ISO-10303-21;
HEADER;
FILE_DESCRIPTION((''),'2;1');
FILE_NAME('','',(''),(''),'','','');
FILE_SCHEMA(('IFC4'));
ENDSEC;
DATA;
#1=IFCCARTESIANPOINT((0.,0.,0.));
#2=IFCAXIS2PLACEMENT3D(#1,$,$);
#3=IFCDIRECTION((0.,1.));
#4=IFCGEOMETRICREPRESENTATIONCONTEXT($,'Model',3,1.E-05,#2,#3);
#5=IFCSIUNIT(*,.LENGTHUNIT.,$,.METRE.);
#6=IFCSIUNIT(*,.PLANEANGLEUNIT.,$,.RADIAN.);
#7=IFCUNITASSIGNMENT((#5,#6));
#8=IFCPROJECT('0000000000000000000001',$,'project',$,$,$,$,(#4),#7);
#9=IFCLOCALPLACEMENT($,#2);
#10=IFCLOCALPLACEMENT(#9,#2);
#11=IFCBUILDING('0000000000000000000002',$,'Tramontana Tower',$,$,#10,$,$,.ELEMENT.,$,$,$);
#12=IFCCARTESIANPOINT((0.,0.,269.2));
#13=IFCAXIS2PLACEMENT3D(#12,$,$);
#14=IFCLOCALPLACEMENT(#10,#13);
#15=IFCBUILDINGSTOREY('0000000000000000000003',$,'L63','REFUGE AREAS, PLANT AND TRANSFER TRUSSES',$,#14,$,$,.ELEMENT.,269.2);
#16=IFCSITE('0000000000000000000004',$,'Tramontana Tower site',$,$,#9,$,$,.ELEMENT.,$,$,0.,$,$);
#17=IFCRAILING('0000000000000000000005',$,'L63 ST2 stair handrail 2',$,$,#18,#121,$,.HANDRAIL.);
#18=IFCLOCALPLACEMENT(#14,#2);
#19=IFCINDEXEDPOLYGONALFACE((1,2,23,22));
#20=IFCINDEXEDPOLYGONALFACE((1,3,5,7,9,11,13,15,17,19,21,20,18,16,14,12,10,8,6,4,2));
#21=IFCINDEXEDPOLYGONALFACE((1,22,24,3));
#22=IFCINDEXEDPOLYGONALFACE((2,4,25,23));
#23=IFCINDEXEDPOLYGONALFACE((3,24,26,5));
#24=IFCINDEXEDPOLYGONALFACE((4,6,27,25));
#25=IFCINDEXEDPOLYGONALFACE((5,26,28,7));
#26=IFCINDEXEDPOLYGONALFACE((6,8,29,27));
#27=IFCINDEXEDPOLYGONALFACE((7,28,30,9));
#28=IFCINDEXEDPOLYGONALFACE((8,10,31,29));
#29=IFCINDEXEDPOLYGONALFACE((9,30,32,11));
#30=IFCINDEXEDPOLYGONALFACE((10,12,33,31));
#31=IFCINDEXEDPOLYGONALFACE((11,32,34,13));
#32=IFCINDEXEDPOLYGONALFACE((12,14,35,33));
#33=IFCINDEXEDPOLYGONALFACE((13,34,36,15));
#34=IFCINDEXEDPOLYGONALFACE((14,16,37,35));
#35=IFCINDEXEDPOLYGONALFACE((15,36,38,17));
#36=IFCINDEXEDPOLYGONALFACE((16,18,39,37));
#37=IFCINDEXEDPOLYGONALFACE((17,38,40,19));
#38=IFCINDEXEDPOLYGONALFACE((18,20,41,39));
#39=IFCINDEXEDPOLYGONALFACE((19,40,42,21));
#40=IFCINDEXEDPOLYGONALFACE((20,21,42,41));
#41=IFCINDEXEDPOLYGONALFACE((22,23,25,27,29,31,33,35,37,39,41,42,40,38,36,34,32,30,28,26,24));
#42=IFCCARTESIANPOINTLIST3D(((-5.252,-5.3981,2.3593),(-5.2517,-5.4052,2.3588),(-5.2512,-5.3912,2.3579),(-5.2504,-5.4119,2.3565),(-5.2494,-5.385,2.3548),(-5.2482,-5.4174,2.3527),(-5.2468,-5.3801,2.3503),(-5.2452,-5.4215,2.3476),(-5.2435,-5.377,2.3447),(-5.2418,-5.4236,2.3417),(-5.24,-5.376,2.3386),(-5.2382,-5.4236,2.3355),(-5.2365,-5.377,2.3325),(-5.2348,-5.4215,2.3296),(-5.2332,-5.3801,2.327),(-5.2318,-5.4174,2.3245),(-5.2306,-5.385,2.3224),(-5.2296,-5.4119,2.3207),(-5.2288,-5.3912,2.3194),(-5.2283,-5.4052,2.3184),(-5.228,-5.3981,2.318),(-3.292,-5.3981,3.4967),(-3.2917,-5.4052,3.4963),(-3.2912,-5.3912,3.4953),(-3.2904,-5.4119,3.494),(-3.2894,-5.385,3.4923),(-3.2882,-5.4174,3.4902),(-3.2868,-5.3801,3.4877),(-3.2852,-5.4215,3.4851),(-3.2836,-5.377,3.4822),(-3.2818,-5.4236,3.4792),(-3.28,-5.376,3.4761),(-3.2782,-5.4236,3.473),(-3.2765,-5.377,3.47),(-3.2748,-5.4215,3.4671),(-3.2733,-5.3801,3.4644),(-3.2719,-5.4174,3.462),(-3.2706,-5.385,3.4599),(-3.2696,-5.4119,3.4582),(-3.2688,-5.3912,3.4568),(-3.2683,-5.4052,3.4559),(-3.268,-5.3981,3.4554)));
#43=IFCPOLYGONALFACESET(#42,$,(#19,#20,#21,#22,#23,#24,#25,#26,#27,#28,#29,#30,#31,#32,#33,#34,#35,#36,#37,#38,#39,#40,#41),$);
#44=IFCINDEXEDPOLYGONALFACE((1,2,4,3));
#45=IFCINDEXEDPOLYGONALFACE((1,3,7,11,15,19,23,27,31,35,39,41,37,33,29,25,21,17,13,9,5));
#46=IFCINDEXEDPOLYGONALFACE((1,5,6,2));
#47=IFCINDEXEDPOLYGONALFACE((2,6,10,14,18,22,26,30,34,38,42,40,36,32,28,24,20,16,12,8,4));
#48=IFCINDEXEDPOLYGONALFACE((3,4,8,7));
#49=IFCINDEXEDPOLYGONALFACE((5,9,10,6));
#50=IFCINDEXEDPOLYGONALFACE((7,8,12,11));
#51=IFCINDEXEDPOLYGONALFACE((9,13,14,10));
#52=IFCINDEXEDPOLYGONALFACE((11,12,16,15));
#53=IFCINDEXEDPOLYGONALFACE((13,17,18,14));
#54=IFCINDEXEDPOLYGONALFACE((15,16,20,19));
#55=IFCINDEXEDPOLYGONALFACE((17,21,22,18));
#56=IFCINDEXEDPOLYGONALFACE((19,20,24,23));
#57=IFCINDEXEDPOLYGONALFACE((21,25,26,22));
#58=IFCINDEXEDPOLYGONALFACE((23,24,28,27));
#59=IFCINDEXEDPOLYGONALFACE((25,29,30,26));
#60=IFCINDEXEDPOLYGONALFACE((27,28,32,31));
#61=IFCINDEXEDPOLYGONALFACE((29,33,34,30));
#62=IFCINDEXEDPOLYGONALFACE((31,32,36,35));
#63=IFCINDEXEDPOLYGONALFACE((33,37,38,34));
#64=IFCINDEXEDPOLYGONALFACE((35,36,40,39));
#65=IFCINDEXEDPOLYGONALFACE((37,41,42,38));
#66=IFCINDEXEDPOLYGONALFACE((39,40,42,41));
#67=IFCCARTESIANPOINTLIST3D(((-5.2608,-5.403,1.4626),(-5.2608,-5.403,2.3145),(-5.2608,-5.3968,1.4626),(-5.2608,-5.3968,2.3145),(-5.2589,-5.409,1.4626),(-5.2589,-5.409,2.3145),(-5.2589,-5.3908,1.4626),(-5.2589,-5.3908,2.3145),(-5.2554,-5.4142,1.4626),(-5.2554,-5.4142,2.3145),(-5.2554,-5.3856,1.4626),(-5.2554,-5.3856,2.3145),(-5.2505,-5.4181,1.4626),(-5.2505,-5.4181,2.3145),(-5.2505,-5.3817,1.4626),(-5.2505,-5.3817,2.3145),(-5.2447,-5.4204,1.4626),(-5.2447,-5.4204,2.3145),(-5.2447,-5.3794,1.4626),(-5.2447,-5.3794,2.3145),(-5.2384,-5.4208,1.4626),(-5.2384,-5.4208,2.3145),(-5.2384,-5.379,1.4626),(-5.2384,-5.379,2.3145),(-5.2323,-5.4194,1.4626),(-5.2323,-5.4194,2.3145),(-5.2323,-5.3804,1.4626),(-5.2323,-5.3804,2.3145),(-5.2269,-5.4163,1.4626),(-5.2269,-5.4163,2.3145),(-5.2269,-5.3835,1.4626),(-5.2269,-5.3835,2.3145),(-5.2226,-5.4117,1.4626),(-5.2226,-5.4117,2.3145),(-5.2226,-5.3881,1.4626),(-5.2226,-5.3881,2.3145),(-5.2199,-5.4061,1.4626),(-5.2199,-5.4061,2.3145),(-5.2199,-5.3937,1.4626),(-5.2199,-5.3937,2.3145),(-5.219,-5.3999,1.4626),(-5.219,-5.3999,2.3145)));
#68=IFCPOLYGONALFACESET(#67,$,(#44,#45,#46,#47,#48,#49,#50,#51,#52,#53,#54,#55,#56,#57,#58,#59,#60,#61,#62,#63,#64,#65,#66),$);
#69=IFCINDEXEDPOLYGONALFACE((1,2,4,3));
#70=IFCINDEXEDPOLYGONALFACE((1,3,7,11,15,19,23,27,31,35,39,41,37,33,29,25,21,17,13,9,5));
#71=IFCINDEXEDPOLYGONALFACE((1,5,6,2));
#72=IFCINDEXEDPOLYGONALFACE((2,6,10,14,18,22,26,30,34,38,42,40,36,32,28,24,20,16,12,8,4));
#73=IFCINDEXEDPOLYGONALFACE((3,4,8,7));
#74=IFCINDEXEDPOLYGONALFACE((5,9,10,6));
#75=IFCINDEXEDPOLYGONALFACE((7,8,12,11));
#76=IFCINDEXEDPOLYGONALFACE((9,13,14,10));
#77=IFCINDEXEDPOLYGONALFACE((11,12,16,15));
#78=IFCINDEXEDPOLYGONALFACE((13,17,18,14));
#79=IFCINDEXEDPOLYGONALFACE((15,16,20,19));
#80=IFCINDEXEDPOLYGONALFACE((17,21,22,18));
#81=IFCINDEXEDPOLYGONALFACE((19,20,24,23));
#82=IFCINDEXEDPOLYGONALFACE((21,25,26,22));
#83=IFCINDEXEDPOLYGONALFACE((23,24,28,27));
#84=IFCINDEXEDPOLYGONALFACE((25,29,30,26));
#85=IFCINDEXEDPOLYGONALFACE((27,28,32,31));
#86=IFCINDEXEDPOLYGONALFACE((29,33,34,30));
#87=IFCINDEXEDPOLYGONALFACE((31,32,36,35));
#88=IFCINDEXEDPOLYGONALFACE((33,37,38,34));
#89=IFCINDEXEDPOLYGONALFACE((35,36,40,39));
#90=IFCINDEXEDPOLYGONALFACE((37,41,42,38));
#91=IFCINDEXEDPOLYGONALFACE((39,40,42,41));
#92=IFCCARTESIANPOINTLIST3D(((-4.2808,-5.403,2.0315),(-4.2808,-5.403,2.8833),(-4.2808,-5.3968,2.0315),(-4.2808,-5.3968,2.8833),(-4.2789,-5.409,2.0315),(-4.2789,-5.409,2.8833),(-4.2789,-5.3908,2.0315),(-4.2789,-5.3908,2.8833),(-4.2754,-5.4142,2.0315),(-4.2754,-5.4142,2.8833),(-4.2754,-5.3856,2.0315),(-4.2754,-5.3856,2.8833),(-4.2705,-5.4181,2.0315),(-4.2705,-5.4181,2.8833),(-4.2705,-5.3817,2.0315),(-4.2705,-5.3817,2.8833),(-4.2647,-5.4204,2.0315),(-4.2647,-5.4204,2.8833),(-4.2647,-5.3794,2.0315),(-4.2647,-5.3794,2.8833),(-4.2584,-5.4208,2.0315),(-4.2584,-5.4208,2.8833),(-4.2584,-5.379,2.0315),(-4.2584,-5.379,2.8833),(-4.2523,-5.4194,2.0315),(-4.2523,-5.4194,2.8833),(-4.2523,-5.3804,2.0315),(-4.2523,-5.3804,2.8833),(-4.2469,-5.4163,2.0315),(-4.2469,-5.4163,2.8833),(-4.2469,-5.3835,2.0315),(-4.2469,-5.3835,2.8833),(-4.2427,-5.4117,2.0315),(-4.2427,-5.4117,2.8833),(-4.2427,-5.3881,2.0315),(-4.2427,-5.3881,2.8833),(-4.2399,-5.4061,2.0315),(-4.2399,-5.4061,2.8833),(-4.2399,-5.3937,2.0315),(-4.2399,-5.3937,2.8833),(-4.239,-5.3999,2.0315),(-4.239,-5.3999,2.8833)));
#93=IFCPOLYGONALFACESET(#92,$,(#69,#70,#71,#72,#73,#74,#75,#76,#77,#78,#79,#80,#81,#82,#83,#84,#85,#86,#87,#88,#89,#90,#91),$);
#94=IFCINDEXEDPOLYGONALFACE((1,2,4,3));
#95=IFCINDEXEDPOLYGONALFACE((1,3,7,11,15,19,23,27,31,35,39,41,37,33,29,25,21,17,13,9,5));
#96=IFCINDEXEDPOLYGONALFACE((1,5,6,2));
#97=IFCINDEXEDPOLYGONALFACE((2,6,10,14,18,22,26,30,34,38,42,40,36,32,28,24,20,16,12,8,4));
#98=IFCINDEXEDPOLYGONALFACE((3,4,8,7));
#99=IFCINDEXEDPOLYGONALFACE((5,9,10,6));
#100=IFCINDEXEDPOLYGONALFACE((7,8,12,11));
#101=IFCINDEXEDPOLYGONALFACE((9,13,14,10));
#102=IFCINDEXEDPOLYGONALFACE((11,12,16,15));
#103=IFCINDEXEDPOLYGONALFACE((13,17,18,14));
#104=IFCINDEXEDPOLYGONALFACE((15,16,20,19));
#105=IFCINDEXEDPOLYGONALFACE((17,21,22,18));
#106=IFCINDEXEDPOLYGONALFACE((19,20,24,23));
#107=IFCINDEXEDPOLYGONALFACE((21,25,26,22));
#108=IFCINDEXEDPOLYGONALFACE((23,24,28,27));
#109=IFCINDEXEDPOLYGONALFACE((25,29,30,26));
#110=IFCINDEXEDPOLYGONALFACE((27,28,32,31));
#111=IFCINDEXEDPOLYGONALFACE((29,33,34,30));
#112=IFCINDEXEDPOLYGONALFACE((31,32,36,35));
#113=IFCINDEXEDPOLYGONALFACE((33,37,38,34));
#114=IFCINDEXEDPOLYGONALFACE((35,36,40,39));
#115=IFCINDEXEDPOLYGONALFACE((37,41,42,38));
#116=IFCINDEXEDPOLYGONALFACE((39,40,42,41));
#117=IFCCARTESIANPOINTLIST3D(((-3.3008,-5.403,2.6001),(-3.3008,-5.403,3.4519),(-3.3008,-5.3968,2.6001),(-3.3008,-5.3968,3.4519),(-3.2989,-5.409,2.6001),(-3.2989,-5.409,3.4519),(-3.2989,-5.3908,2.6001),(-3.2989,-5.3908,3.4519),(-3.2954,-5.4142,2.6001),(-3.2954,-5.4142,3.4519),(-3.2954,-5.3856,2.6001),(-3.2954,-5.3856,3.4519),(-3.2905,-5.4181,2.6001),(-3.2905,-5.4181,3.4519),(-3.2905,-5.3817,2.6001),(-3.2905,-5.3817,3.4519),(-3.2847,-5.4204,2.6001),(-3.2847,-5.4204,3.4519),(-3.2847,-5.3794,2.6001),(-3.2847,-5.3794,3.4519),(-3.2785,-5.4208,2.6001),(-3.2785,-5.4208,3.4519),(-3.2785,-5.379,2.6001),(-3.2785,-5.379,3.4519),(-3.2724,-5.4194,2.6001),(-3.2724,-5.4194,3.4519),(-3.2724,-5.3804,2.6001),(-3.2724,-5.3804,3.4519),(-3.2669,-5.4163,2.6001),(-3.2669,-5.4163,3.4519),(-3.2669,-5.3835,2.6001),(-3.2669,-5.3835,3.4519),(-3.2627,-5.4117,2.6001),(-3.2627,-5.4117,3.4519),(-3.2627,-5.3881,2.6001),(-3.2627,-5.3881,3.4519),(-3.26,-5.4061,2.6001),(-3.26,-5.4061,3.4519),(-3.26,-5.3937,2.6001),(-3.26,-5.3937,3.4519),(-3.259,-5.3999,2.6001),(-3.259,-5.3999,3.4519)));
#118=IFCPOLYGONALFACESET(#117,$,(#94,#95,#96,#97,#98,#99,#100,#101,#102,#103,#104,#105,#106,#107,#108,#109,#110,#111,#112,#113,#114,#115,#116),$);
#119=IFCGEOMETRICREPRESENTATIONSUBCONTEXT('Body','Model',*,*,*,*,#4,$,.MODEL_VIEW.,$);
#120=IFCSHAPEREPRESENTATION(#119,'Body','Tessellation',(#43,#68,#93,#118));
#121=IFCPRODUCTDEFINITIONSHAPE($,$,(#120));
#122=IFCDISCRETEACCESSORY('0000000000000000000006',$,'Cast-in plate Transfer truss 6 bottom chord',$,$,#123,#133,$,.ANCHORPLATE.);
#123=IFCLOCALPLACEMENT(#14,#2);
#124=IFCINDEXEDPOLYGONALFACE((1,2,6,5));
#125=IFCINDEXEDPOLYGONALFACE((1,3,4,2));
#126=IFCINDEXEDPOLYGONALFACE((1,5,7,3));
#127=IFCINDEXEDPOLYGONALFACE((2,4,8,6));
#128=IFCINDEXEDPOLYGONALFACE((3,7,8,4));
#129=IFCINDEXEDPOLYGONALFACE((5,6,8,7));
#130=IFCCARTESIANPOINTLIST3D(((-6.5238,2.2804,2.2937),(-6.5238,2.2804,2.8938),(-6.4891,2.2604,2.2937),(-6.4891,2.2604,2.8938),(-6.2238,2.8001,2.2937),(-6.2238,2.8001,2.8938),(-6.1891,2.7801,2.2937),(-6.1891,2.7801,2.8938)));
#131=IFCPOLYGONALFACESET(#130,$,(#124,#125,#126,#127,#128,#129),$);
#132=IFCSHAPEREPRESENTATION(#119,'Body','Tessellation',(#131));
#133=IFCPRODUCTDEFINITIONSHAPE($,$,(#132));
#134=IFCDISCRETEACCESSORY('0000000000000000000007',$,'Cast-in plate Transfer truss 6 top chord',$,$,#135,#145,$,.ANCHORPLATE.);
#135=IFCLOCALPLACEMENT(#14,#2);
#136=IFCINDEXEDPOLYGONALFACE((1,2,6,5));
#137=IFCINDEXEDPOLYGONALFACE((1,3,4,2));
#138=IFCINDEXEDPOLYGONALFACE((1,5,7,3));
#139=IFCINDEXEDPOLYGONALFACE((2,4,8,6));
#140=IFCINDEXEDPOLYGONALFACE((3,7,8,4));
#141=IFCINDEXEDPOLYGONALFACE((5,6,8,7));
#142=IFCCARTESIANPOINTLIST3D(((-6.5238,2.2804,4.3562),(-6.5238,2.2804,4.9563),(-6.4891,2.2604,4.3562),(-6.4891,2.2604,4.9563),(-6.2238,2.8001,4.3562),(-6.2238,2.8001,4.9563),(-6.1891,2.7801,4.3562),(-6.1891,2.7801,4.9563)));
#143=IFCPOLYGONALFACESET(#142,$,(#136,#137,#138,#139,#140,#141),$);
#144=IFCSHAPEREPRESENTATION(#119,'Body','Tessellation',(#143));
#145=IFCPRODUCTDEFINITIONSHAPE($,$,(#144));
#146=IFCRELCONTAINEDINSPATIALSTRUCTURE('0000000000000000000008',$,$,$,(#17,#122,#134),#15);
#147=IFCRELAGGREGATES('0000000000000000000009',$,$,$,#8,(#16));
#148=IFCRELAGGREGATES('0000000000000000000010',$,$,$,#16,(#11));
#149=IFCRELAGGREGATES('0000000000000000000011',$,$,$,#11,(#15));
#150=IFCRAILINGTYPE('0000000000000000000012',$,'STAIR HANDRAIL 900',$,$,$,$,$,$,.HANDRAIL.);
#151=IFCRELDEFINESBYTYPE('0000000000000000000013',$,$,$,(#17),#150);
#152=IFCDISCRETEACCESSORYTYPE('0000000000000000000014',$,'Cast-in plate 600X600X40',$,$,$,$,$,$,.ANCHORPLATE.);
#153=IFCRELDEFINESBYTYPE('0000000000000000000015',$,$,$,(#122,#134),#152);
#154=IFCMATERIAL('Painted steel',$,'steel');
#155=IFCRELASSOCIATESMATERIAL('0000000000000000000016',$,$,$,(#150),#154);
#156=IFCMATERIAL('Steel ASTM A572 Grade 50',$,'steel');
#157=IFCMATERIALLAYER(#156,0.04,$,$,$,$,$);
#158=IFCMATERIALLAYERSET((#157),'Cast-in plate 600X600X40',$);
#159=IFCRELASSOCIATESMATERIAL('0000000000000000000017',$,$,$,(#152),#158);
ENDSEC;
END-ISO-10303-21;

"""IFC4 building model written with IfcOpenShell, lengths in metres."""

from ifc_helpers import new_model, si_unit, direction, frame, origin, origin_2d, place, context, subcontext, project, spatial, rectangle, circle, extrude, material, layer, layer_set, type_object, element, save


model = new_model("IFC4")

# Units and contexts
model_context = context("Model", 3, precision=1e-05, world=origin(), true_north=direction((0.0, 1.0)))
body_context = subcontext(model_context, "Body", "Model", "MODEL_VIEW")
ifc_project = project(units=[si_unit("LENGTHUNIT", "METRE"), si_unit("PLANEANGLEUNIT", "RADIAN")], contexts=[model_context])

# Site, building, storey
site_placement = place(None, origin())
site = spatial("IfcSite", under=ifc_project, at=site_placement, Name="Tramontana Tower site", CompositionType="ELEMENT", RefElevation=0.0)
building_placement = place(site_placement, origin())
building = spatial("IfcBuilding", under=site, at=building_placement, Name="Tramontana Tower", CompositionType="ELEMENT")
storey_placement = place(building_placement, frame((0.0, 0.0, 269.2)))
storey = spatial("IfcBuildingStorey", under=building, at=storey_placement, Name="L63", Description="REFUGE AREAS, PLANT AND TRANSFER TRUSSES", CompositionType="ELEMENT", Elevation=269.2)

# Railing
ifc_material_1 = material(Name="Painted steel", Category="steel")
railing_type_1 = type_object("IfcRailingType", Name="STAIR HANDRAIL 900", PredefinedType="HANDRAIL", material=ifc_material_1)
railing_1_placement = place(storey_placement, frame((-5.24, -5.3999, 1.4626)))
element("IfcRailing", 1, at=railing_1_placement, inside=storey, type_object=railing_type_1, Name="L63 ST2 stair handrail 2", PredefinedType="HANDRAIL", context=body_context, shape_type="SweptSolid", body=[
    extrude(circle(Radius=0.0239, at=origin_2d()), frame((0.0, 0.0, 0.876), z_axis=(0.864902, 0.0, 0.501941), x_axis=(0.0, 1.0, 0.0)), (0.0, 0.0, 1.0), 2.2661),
    extrude(circle(Radius=0.021, at=origin_2d()), origin(), (0.0, 0.0, 1.0), 0.8518),
    extrude(circle(Radius=0.021, at=origin_2d()), frame((0.98, 0.0, 0.5688)), (0.0, 0.0, 1.0), 0.8518),
    extrude(circle(Radius=0.021, at=origin_2d()), frame((1.96, 0.0, 1.1375)), (0.0, 0.0, 1.0), 0.8518),
])

# Discrete accessories
ifc_material_2 = material(Name="Steel ASTM A572 Grade 50", Category="steel")
ifc_layer_1 = layer(ifc_material_2, 0.04)
ifc_layer_set_1 = layer_set([ifc_layer_1], Name="Cast-in plate 600X600X40")
discrete_accessory_type = type_object("IfcDiscreteAccessoryType", Name="Cast-in plate 600X600X40", PredefinedType="ANCHORPLATE", material=ifc_layer_set_1)
for number, where, z_axis, x_axis, name in (
    (2, (-6.3564, 2.5303, 2.2937), (0.0, 0.0, 1.0), (-0.5, -0.866025, 0.0), "Cast-in plate Transfer truss 6 bottom chord"),
    (3, (-6.3564, 2.5303, 4.3562), (0.0, 0.0, 1.0), (-0.5, -0.866025, 0.0), "Cast-in plate Transfer truss 6 top chord"),
):
    element("IfcDiscreteAccessory", number, at=place(storey_placement, frame(where, z_axis=z_axis, x_axis=x_axis)), inside=storey, type_object=discrete_accessory_type, Name=name, PredefinedType="ANCHORPLATE", context=body_context, shape_type="SweptSolid", body=[
        extrude(rectangle(XDim=0.6001, YDim=0.04, at=origin_2d()), origin(), (0.0, 0.0, 1.0), 0.6001),
    ])

save(model, "model.ifc")
